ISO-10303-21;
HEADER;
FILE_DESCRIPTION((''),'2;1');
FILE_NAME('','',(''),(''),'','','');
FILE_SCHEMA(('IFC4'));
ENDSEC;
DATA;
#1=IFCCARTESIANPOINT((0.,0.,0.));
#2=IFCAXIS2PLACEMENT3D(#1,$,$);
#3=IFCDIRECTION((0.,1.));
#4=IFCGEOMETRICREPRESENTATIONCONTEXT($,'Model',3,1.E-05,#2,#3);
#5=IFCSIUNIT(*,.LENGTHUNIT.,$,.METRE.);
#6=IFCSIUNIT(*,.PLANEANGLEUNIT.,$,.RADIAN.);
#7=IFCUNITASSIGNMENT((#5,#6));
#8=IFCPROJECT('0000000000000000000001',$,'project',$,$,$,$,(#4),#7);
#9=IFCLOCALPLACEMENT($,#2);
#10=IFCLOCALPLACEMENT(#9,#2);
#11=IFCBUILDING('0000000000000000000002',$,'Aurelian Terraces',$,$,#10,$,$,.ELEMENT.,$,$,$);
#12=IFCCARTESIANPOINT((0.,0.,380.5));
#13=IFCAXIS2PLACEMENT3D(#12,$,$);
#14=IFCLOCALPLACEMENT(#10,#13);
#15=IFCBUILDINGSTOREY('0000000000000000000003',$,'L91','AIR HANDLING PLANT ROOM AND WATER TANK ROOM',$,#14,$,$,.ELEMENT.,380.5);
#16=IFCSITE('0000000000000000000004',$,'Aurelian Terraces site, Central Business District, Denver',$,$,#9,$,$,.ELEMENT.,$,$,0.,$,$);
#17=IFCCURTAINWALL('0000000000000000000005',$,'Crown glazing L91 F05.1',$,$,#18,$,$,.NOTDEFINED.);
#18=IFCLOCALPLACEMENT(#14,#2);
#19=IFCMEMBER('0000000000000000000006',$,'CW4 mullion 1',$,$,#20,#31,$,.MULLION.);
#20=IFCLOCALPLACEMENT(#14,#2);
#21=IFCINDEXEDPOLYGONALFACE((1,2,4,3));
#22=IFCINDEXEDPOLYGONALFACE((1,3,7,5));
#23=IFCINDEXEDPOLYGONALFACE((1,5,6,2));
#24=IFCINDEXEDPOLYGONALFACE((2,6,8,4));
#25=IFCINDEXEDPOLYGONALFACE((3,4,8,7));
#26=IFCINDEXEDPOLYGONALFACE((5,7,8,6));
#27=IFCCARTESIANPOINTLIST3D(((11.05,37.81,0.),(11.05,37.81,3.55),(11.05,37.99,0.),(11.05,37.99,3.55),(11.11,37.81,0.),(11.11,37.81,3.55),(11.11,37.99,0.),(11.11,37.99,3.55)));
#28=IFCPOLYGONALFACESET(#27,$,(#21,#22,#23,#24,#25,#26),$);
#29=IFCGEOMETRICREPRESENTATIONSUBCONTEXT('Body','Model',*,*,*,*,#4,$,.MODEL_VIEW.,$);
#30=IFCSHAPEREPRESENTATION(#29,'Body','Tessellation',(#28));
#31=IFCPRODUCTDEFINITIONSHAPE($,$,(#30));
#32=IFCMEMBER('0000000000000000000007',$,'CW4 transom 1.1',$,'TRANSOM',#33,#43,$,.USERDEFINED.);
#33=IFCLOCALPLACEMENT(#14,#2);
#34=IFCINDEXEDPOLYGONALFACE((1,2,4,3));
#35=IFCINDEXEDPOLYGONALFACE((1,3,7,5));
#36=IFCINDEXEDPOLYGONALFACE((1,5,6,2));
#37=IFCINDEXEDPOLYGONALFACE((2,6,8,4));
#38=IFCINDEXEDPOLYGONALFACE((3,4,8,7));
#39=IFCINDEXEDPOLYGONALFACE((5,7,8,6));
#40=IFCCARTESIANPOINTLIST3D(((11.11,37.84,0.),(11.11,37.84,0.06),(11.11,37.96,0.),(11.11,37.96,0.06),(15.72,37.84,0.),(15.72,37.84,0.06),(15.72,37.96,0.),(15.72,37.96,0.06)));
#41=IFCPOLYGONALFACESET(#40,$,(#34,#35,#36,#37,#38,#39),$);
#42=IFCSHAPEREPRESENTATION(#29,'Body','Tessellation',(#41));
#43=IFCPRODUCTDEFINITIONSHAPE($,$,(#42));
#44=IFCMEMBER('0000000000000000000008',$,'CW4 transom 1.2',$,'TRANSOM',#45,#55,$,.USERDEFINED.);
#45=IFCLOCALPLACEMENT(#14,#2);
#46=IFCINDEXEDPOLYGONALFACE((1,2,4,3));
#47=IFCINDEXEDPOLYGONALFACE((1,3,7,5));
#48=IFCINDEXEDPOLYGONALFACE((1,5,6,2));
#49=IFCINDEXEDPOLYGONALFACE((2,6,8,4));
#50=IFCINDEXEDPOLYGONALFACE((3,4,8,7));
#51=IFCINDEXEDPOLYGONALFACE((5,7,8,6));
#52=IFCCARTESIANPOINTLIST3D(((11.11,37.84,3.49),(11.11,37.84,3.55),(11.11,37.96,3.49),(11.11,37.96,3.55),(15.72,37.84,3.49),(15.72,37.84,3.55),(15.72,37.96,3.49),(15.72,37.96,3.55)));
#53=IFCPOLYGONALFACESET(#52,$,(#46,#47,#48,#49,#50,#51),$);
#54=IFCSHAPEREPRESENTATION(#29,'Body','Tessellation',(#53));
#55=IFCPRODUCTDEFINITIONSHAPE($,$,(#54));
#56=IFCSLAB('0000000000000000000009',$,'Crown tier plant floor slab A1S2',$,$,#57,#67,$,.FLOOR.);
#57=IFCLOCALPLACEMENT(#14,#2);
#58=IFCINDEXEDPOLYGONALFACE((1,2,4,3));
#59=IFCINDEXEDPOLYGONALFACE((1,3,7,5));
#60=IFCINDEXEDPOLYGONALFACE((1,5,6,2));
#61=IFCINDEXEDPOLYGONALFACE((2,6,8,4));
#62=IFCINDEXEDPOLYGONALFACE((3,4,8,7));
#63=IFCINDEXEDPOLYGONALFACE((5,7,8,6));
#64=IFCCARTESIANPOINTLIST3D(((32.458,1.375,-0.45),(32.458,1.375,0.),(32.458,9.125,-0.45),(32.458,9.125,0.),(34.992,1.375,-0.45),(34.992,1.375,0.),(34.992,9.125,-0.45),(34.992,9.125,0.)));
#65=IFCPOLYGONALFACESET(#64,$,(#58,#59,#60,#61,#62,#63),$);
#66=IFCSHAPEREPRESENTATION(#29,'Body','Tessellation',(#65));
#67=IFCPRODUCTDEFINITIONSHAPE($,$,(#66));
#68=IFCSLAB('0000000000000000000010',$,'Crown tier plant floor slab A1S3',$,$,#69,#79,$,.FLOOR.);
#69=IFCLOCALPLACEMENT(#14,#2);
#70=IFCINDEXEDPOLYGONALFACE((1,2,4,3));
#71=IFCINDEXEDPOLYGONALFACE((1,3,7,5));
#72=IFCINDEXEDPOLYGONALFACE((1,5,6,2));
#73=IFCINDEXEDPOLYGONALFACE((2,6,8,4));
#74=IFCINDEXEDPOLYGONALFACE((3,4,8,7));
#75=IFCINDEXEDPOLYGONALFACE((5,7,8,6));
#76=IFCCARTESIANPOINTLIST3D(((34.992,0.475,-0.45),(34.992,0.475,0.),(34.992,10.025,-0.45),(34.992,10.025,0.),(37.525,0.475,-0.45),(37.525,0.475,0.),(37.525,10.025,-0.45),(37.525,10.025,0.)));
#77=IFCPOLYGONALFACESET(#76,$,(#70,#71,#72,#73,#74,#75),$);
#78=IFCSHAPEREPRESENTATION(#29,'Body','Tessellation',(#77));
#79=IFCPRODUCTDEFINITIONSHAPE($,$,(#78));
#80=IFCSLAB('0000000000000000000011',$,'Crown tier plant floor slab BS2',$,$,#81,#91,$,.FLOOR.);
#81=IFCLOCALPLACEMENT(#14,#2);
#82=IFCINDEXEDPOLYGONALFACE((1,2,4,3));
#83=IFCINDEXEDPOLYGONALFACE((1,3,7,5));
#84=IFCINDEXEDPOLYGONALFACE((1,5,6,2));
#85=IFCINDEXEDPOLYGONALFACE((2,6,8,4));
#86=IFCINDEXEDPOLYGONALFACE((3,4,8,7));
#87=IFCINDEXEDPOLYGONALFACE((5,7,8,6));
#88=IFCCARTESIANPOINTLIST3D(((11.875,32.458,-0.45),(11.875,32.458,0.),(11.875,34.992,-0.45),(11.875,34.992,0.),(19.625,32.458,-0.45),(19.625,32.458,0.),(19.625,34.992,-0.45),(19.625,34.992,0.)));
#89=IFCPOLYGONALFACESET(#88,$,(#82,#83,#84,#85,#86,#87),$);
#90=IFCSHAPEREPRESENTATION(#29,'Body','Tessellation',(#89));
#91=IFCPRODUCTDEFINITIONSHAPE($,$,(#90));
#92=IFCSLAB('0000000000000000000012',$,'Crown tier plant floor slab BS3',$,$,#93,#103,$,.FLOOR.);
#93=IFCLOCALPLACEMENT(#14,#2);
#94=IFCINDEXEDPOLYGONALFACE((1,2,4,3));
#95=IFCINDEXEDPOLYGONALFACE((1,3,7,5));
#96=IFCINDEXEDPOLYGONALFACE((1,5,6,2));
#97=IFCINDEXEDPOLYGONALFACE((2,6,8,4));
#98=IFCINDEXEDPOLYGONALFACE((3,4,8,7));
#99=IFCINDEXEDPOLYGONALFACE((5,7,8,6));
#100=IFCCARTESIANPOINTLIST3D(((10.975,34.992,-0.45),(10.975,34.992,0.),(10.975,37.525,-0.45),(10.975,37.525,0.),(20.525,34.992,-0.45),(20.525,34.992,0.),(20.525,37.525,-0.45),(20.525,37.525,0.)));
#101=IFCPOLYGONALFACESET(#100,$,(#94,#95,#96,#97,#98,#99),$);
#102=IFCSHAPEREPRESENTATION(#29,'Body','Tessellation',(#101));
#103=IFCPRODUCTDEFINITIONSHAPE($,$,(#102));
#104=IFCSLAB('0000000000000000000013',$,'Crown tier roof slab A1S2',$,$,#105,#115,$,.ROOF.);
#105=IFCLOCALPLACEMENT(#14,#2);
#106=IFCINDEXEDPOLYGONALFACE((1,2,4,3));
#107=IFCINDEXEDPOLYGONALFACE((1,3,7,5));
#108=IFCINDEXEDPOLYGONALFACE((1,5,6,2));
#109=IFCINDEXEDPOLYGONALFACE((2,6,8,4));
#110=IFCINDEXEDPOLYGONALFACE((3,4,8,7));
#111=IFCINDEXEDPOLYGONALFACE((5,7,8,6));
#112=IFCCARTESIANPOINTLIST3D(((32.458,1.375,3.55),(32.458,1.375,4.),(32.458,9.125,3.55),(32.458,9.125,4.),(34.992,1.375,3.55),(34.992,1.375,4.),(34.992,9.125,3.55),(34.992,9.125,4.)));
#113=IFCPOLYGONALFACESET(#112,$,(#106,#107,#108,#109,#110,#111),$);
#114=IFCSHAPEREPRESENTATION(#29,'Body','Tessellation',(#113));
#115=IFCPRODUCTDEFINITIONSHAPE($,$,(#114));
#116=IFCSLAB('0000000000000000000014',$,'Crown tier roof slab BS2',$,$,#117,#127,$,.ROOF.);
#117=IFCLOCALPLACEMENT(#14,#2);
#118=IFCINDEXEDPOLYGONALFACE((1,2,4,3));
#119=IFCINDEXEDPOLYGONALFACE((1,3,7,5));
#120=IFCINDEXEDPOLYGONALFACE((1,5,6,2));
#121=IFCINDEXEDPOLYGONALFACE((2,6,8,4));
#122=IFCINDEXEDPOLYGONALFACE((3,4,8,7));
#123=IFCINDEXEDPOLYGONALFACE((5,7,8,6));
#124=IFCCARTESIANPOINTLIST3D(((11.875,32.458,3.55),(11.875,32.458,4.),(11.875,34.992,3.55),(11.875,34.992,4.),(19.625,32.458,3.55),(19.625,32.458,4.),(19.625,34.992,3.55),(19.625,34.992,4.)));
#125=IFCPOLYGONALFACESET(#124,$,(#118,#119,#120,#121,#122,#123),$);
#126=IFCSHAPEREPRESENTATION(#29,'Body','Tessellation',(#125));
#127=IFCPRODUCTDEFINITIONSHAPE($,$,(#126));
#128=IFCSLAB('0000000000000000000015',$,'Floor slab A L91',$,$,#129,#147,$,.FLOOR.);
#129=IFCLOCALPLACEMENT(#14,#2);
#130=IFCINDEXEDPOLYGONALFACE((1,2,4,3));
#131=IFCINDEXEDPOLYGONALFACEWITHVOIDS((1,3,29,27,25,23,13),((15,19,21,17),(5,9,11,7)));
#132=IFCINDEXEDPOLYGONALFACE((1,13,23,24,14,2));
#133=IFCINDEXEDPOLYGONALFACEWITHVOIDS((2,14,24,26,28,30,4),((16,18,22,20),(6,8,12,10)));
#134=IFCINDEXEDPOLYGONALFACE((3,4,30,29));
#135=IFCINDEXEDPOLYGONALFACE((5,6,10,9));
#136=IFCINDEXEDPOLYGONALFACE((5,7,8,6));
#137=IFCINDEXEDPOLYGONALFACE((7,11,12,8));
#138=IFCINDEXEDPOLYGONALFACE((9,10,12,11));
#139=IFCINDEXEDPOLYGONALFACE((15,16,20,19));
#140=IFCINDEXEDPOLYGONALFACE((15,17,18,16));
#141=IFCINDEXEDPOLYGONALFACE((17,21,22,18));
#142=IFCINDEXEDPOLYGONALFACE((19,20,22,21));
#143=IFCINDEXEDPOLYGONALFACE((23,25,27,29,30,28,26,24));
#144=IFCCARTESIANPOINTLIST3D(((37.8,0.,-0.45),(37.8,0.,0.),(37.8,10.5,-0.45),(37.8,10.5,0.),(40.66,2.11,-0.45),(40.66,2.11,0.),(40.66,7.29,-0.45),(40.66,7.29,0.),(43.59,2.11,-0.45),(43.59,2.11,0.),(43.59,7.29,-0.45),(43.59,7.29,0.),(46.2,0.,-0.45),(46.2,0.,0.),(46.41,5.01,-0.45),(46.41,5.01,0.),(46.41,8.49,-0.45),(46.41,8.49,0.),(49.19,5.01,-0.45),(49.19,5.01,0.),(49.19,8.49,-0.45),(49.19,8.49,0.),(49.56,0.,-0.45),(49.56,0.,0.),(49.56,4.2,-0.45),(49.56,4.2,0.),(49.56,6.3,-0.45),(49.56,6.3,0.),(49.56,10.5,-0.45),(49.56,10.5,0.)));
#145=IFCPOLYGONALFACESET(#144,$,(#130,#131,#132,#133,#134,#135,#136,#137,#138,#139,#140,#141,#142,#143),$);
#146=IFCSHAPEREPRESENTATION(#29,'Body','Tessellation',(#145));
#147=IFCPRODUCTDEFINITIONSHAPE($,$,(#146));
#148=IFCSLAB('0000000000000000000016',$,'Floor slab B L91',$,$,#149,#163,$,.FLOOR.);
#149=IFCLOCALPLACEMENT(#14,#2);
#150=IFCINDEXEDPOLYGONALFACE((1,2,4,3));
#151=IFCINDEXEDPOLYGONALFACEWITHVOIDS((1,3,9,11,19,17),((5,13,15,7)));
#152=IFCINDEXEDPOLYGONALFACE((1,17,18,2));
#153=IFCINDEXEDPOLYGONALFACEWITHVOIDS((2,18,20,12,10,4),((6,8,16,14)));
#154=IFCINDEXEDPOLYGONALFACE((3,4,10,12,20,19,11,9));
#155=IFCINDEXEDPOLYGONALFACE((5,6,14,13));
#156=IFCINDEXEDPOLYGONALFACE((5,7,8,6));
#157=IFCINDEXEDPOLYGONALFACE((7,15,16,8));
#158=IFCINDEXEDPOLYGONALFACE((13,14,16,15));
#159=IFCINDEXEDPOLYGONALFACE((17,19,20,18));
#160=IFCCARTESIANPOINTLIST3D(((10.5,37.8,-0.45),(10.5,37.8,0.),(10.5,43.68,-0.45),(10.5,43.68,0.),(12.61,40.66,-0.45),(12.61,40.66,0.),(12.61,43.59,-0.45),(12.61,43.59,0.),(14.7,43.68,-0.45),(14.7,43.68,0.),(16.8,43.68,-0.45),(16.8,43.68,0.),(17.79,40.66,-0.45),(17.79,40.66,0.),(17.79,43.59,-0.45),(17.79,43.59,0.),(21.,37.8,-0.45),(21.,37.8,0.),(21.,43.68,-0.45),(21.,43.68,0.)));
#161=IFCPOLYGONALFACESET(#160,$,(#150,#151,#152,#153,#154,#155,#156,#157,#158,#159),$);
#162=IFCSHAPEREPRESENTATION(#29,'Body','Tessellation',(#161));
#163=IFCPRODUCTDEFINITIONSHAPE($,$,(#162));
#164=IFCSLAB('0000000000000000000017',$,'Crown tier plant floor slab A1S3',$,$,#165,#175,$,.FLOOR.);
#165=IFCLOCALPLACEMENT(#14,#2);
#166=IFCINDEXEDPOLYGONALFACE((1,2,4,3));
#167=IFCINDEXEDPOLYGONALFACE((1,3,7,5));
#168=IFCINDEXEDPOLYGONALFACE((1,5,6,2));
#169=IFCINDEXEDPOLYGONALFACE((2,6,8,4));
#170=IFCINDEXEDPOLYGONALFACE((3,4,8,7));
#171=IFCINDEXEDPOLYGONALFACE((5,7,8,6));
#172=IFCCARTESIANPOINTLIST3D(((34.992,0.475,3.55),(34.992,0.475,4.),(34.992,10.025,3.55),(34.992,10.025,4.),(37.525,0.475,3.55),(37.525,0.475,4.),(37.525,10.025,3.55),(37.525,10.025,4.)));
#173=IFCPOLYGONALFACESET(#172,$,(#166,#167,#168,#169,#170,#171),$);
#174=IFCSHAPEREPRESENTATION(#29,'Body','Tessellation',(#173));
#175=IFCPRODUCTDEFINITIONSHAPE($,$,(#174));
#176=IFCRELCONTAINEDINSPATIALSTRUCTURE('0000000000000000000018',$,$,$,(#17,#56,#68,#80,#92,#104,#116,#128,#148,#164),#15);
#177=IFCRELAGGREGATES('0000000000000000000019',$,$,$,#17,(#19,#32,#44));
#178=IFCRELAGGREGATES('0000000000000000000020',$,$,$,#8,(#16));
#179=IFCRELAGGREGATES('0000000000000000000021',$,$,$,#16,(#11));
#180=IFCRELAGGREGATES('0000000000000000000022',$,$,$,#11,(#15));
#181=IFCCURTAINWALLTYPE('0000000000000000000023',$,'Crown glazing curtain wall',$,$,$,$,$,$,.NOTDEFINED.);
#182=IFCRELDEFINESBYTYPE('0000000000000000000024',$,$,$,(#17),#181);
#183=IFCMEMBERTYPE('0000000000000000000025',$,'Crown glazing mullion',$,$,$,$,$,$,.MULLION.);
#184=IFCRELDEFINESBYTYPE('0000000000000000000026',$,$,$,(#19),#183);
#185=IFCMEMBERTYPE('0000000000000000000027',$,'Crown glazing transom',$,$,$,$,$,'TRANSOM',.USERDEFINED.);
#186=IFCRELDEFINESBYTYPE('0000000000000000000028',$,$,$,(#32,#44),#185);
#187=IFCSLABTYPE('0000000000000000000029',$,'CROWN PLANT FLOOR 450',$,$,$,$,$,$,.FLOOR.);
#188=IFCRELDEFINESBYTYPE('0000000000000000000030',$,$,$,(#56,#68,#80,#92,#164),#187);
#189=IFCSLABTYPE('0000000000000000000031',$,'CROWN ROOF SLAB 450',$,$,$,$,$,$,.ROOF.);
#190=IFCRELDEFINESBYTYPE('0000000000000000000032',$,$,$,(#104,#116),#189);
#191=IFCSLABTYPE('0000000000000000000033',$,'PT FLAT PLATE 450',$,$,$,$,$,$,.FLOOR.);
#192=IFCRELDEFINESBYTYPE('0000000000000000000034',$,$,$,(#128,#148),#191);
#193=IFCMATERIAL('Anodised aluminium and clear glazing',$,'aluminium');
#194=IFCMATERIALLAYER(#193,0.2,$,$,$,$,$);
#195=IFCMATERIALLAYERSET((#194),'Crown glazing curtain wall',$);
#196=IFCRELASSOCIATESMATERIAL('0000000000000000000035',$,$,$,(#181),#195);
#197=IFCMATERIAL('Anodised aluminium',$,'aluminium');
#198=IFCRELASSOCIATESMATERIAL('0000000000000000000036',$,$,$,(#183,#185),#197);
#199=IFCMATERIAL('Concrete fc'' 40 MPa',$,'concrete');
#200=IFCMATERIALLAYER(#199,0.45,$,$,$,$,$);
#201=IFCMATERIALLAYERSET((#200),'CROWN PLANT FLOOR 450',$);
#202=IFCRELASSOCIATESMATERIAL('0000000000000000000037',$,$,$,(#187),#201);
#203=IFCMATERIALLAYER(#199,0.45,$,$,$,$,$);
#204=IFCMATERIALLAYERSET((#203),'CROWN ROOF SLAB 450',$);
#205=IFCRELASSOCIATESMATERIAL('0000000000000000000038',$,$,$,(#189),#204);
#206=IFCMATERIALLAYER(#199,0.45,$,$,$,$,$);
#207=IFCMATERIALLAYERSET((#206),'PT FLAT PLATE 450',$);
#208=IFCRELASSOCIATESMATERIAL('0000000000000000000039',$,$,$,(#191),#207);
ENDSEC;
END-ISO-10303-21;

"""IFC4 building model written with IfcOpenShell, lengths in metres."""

from ifc_helpers import new_model, si_unit, direction, frame, origin, origin_2d, place, context, subcontext, project, spatial, polyline, rectangle, outline, extrude, source, transform, mapped, material, layer, layer_set, material_profile, profile_set, type_object, element, aggregate, save


model = new_model("IFC4")

# Units and contexts
model_context = context("Model", 3, precision=1e-05, world=origin(), true_north=direction((0.0, 1.0)))
body_context = subcontext(model_context, "Body", "Model", "MODEL_VIEW")
ifc_project = project(units=[si_unit("LENGTHUNIT", "METRE"), si_unit("PLANEANGLEUNIT", "RADIAN")], contexts=[model_context])

# Site, building, storey
site_placement = place(None, origin())
site = spatial("IfcSite", under=ifc_project, at=site_placement, Name="Aurelian Terraces site, Central Business District, Denver", CompositionType="ELEMENT", RefElevation=0.0)
building_placement = place(site_placement, origin())
building = spatial("IfcBuilding", under=site, at=building_placement, Name="Aurelian Terraces", CompositionType="ELEMENT")
storey_placement = place(building_placement, frame((0.0, 0.0, 380.5)))
storey = spatial("IfcBuildingStorey", under=building, at=storey_placement, Name="L91", Description="AIR HANDLING PLANT ROOM AND WATER TANK ROOM", CompositionType="ELEMENT", Elevation=380.5)

# Curtain wall, members
ifc_material_1 = material(Name="Anodised aluminium and clear glazing", Category="aluminium")
ifc_layer_1 = layer(ifc_material_1, 0.2)
ifc_layer_set_1 = layer_set([ifc_layer_1], Name="Crown glazing curtain wall")
curtain_wall_type = type_object("IfcCurtainWallType", Name="Crown glazing curtain wall", PredefinedType="NOTDEFINED", material=ifc_layer_set_1)
curtain_wall_placement = place(storey_placement, origin())
curtain_wall = element("IfcCurtainWall", 1, at=curtain_wall_placement, inside=storey, type_object=curtain_wall_type, Name="Crown glazing L91 F05.1", PredefinedType="NOTDEFINED")
ifc_material_2 = material(Name="Anodised aluminium", Category="aluminium")
ifc_material_profile_1 = material_profile(ifc_material_2, rectangle(XDim=0.18, YDim=0.06, at=origin_2d()))
ifc_profile_set_1 = profile_set([ifc_material_profile_1], Name="Anodised aluminium")
member_type_1 = type_object("IfcMemberType", Name="Crown glazing mullion", PredefinedType="MULLION", material=ifc_profile_set_1)
shared_shape_1 = source(origin(), body_context, "Body", "SweptSolid", [
    extrude(rectangle(XDim=0.18, YDim=0.06, at=origin_2d()), origin(), (0.0, 0.0, 1.0), 3.55),
])
member_1_placement = place(storey_placement, frame((11.08, 37.9, 0.0), z_axis=(0.0, 0.0, 1.0), x_axis=(0.0, 1.0, 0.0)))
member_1 = element("IfcMember", 2, at=member_1_placement, type_object=member_type_1, Name="CW4 mullion 1", PredefinedType="MULLION", context=body_context, shape_type="MappedRepresentation", body=[
    mapped(shared_shape_1, transform((0.0, 0.0, 0.0), scale=1.0)),
])
ifc_material_profile_2 = material_profile(ifc_material_2, rectangle(XDim=0.12, YDim=0.06, at=origin_2d()))
ifc_profile_set_2 = profile_set([ifc_material_profile_2], Name="Anodised aluminium")
member_type_2 = type_object("IfcMemberType", Name="Crown glazing transom", ElementType="TRANSOM", PredefinedType="USERDEFINED", material=ifc_profile_set_2)
shared_shape_2 = source(origin(), body_context, "Body", "SweptSolid", [
    extrude(rectangle(XDim=0.12, YDim=0.06, at=origin_2d()), origin(), (0.0, 0.0, 1.0), 4.61),
])
member_2_placement = place(storey_placement, frame((11.11, 37.9, 0.03), z_axis=(1.0, 0.0, 0.0), x_axis=(0.0, 1.0, 0.0)))
member_2 = element("IfcMember", 3, at=member_2_placement, type_object=member_type_2, Name="CW4 transom 1.1", ObjectType="TRANSOM", PredefinedType="USERDEFINED", context=body_context, shape_type="MappedRepresentation", body=[
    mapped(shared_shape_2, transform((0.0, 0.0, 0.0), scale=1.0)),
])
member_3_placement = place(storey_placement, frame((11.11, 37.9, 3.52), z_axis=(1.0, 0.0, 0.0), x_axis=(0.0, 1.0, 0.0)))
member_3 = element("IfcMember", 4, at=member_3_placement, type_object=member_type_2, Name="CW4 transom 1.2", ObjectType="TRANSOM", PredefinedType="USERDEFINED", context=body_context, shape_type="MappedRepresentation", body=[
    mapped(shared_shape_2, transform((0.0, 0.0, 0.0), scale=1.0)),
])
aggregate(curtain_wall, [member_1, member_2, member_3])

# Slabs
ifc_material_3 = material(Name="Concrete fc' 40 MPa", Category="concrete")
ifc_layer_2 = layer(ifc_material_3, 0.45)
ifc_layer_set_2 = layer_set([ifc_layer_2], Name="CROWN PLANT FLOOR 450")
slab_type_1 = type_object("IfcSlabType", Name="CROWN PLANT FLOOR 450", PredefinedType="FLOOR", material=ifc_layer_set_2)
slab_1_placement = place(storey_placement, frame((0.0, 0.0, -0.45)))
element("IfcSlab", 5, at=slab_1_placement, inside=storey, type_object=slab_type_1, Name="Crown tier plant floor slab A1S2", PredefinedType="FLOOR", context=body_context, shape_type="SweptSolid", body=[
    extrude(outline(polyline([(34.992, 1.375), (34.992, 9.125), (32.458, 9.125), (32.458, 1.375), (34.992, 1.375)])), origin(), (0.0, 0.0, 1.0), 0.45),
])
slab_2_placement = place(storey_placement, frame((0.0, 0.0, -0.45)))
element("IfcSlab", 6, at=slab_2_placement, inside=storey, type_object=slab_type_1, Name="Crown tier plant floor slab A1S3", PredefinedType="FLOOR", context=body_context, shape_type="SweptSolid", body=[
    extrude(outline(polyline([(37.525, 0.475), (37.525, 10.025), (34.992, 10.025), (34.992, 0.475), (37.525, 0.475)])), origin(), (0.0, 0.0, 1.0), 0.45),
])
slab_3_placement = place(storey_placement, frame((0.0, 0.0, -0.45)))
element("IfcSlab", 7, at=slab_3_placement, inside=storey, type_object=slab_type_1, Name="Crown tier plant floor slab BS2", PredefinedType="FLOOR", context=body_context, shape_type="SweptSolid", body=[
    extrude(outline(polyline([(19.625, 32.458), (19.625, 34.992), (11.875, 34.992), (11.875, 32.458), (19.625, 32.458)])), origin(), (0.0, 0.0, 1.0), 0.45),
])
slab_4_placement = place(storey_placement, frame((0.0, 0.0, -0.45)))
element("IfcSlab", 8, at=slab_4_placement, inside=storey, type_object=slab_type_1, Name="Crown tier plant floor slab BS3", PredefinedType="FLOOR", context=body_context, shape_type="SweptSolid", body=[
    extrude(outline(polyline([(20.525, 34.992), (20.525, 37.525), (10.975, 37.525), (10.975, 34.992), (20.525, 34.992)])), origin(), (0.0, 0.0, 1.0), 0.45),
])
ifc_layer_3 = layer(ifc_material_3, 0.45)
ifc_layer_set_3 = layer_set([ifc_layer_3], Name="CROWN ROOF SLAB 450")
slab_type_2 = type_object("IfcSlabType", Name="CROWN ROOF SLAB 450", PredefinedType="ROOF", material=ifc_layer_set_3)
slab_5_placement = place(storey_placement, frame((0.0, 0.0, 3.55)))
element("IfcSlab", 9, at=slab_5_placement, inside=storey, type_object=slab_type_2, Name="Crown tier roof slab A1S2", PredefinedType="ROOF", context=body_context, shape_type="SweptSolid", body=[
    extrude(outline(polyline([(34.992, 1.375), (34.992, 9.125), (32.458, 9.125), (32.458, 1.375), (34.992, 1.375)])), origin(), (0.0, 0.0, 1.0), 0.45),
])
slab_6_placement = place(storey_placement, frame((0.0, 0.0, 3.55)))
element("IfcSlab", 10, at=slab_6_placement, inside=storey, type_object=slab_type_2, Name="Crown tier roof slab BS2", PredefinedType="ROOF", context=body_context, shape_type="SweptSolid", body=[
    extrude(outline(polyline([(19.625, 32.458), (19.625, 34.992), (11.875, 34.992), (11.875, 32.458), (19.625, 32.458)])), origin(), (0.0, 0.0, 1.0), 0.45),
])
ifc_layer_4 = layer(ifc_material_3, 0.45)
ifc_layer_set_4 = layer_set([ifc_layer_4], Name="PT FLAT PLATE 450")
slab_type_3 = type_object("IfcSlabType", Name="PT FLAT PLATE 450", PredefinedType="FLOOR", material=ifc_layer_set_4)
shared_shape_3 = source(origin(), body_context, "Body", "SweptSolid", [
    extrude(outline(polyline([(37.8, 0.0), (37.8, 10.5), (49.56, 10.5), (49.56, 6.3), (49.56, 4.2), (49.56, 0.0), (46.2, 0.0), (37.8, 0.0)]), holes=[polyline([(46.41, 8.49), (46.41, 5.01), (49.19, 5.01), (49.19, 8.49), (46.41, 8.49)]), polyline([(43.59, 2.11), (43.59, 7.29), (40.66, 7.29), (40.66, 2.11), (43.59, 2.11)])]), origin(), (0.0, 0.0, 1.0), 0.45),
])
slab_7_placement = place(storey_placement, frame((0.0, 0.0, -0.45)))
element("IfcSlab", 11, at=slab_7_placement, inside=storey, type_object=slab_type_3, Name="Floor slab A L91", PredefinedType="FLOOR", context=body_context, shape_type="MappedRepresentation", body=[
    mapped(shared_shape_3, transform((0.0, 0.0, 0.0), scale=1.0)),
])
shared_shape_4 = source(origin(), body_context, "Body", "SweptSolid", [
    extrude(outline(polyline([(14.7, 43.68), (16.8, 43.68), (21.0, 43.68), (21.0, 37.8), (10.5, 37.8), (10.5, 43.68), (14.7, 43.68)]), holes=[polyline([(12.61, 43.59), (12.61, 40.66), (17.79, 40.66), (17.79, 43.59), (12.61, 43.59)])]), origin(), (0.0, 0.0, 1.0), 0.45),
])
slab_8_placement = place(storey_placement, frame((0.0, 0.0, -0.45)))
element("IfcSlab", 12, at=slab_8_placement, inside=storey, type_object=slab_type_3, Name="Floor slab B L91", PredefinedType="FLOOR", context=body_context, shape_type="MappedRepresentation", body=[
    mapped(shared_shape_4, transform((0.0, 0.0, 0.0), scale=1.0)),
])
shared_shape_5 = source(origin(), body_context, "Body", "SweptSolid", [
    extrude(outline(polyline([(37.525, 0.475), (37.525, 10.025), (34.992, 10.025), (34.992, 0.475), (37.525, 0.475)])), origin(), (0.0, 0.0, 1.0), 0.45),
])
slab_9_placement = place(storey_placement, frame((0.0, 0.0, 3.55)))
element("IfcSlab", 13, at=slab_9_placement, inside=storey, type_object=slab_type_1, Name="Crown tier plant floor slab A1S3", PredefinedType="FLOOR", context=body_context, shape_type="MappedRepresentation", body=[
    mapped(shared_shape_5, transform((0.0, 0.0, 0.0), scale=1.0)),
])

save(model, "model.ifc")
